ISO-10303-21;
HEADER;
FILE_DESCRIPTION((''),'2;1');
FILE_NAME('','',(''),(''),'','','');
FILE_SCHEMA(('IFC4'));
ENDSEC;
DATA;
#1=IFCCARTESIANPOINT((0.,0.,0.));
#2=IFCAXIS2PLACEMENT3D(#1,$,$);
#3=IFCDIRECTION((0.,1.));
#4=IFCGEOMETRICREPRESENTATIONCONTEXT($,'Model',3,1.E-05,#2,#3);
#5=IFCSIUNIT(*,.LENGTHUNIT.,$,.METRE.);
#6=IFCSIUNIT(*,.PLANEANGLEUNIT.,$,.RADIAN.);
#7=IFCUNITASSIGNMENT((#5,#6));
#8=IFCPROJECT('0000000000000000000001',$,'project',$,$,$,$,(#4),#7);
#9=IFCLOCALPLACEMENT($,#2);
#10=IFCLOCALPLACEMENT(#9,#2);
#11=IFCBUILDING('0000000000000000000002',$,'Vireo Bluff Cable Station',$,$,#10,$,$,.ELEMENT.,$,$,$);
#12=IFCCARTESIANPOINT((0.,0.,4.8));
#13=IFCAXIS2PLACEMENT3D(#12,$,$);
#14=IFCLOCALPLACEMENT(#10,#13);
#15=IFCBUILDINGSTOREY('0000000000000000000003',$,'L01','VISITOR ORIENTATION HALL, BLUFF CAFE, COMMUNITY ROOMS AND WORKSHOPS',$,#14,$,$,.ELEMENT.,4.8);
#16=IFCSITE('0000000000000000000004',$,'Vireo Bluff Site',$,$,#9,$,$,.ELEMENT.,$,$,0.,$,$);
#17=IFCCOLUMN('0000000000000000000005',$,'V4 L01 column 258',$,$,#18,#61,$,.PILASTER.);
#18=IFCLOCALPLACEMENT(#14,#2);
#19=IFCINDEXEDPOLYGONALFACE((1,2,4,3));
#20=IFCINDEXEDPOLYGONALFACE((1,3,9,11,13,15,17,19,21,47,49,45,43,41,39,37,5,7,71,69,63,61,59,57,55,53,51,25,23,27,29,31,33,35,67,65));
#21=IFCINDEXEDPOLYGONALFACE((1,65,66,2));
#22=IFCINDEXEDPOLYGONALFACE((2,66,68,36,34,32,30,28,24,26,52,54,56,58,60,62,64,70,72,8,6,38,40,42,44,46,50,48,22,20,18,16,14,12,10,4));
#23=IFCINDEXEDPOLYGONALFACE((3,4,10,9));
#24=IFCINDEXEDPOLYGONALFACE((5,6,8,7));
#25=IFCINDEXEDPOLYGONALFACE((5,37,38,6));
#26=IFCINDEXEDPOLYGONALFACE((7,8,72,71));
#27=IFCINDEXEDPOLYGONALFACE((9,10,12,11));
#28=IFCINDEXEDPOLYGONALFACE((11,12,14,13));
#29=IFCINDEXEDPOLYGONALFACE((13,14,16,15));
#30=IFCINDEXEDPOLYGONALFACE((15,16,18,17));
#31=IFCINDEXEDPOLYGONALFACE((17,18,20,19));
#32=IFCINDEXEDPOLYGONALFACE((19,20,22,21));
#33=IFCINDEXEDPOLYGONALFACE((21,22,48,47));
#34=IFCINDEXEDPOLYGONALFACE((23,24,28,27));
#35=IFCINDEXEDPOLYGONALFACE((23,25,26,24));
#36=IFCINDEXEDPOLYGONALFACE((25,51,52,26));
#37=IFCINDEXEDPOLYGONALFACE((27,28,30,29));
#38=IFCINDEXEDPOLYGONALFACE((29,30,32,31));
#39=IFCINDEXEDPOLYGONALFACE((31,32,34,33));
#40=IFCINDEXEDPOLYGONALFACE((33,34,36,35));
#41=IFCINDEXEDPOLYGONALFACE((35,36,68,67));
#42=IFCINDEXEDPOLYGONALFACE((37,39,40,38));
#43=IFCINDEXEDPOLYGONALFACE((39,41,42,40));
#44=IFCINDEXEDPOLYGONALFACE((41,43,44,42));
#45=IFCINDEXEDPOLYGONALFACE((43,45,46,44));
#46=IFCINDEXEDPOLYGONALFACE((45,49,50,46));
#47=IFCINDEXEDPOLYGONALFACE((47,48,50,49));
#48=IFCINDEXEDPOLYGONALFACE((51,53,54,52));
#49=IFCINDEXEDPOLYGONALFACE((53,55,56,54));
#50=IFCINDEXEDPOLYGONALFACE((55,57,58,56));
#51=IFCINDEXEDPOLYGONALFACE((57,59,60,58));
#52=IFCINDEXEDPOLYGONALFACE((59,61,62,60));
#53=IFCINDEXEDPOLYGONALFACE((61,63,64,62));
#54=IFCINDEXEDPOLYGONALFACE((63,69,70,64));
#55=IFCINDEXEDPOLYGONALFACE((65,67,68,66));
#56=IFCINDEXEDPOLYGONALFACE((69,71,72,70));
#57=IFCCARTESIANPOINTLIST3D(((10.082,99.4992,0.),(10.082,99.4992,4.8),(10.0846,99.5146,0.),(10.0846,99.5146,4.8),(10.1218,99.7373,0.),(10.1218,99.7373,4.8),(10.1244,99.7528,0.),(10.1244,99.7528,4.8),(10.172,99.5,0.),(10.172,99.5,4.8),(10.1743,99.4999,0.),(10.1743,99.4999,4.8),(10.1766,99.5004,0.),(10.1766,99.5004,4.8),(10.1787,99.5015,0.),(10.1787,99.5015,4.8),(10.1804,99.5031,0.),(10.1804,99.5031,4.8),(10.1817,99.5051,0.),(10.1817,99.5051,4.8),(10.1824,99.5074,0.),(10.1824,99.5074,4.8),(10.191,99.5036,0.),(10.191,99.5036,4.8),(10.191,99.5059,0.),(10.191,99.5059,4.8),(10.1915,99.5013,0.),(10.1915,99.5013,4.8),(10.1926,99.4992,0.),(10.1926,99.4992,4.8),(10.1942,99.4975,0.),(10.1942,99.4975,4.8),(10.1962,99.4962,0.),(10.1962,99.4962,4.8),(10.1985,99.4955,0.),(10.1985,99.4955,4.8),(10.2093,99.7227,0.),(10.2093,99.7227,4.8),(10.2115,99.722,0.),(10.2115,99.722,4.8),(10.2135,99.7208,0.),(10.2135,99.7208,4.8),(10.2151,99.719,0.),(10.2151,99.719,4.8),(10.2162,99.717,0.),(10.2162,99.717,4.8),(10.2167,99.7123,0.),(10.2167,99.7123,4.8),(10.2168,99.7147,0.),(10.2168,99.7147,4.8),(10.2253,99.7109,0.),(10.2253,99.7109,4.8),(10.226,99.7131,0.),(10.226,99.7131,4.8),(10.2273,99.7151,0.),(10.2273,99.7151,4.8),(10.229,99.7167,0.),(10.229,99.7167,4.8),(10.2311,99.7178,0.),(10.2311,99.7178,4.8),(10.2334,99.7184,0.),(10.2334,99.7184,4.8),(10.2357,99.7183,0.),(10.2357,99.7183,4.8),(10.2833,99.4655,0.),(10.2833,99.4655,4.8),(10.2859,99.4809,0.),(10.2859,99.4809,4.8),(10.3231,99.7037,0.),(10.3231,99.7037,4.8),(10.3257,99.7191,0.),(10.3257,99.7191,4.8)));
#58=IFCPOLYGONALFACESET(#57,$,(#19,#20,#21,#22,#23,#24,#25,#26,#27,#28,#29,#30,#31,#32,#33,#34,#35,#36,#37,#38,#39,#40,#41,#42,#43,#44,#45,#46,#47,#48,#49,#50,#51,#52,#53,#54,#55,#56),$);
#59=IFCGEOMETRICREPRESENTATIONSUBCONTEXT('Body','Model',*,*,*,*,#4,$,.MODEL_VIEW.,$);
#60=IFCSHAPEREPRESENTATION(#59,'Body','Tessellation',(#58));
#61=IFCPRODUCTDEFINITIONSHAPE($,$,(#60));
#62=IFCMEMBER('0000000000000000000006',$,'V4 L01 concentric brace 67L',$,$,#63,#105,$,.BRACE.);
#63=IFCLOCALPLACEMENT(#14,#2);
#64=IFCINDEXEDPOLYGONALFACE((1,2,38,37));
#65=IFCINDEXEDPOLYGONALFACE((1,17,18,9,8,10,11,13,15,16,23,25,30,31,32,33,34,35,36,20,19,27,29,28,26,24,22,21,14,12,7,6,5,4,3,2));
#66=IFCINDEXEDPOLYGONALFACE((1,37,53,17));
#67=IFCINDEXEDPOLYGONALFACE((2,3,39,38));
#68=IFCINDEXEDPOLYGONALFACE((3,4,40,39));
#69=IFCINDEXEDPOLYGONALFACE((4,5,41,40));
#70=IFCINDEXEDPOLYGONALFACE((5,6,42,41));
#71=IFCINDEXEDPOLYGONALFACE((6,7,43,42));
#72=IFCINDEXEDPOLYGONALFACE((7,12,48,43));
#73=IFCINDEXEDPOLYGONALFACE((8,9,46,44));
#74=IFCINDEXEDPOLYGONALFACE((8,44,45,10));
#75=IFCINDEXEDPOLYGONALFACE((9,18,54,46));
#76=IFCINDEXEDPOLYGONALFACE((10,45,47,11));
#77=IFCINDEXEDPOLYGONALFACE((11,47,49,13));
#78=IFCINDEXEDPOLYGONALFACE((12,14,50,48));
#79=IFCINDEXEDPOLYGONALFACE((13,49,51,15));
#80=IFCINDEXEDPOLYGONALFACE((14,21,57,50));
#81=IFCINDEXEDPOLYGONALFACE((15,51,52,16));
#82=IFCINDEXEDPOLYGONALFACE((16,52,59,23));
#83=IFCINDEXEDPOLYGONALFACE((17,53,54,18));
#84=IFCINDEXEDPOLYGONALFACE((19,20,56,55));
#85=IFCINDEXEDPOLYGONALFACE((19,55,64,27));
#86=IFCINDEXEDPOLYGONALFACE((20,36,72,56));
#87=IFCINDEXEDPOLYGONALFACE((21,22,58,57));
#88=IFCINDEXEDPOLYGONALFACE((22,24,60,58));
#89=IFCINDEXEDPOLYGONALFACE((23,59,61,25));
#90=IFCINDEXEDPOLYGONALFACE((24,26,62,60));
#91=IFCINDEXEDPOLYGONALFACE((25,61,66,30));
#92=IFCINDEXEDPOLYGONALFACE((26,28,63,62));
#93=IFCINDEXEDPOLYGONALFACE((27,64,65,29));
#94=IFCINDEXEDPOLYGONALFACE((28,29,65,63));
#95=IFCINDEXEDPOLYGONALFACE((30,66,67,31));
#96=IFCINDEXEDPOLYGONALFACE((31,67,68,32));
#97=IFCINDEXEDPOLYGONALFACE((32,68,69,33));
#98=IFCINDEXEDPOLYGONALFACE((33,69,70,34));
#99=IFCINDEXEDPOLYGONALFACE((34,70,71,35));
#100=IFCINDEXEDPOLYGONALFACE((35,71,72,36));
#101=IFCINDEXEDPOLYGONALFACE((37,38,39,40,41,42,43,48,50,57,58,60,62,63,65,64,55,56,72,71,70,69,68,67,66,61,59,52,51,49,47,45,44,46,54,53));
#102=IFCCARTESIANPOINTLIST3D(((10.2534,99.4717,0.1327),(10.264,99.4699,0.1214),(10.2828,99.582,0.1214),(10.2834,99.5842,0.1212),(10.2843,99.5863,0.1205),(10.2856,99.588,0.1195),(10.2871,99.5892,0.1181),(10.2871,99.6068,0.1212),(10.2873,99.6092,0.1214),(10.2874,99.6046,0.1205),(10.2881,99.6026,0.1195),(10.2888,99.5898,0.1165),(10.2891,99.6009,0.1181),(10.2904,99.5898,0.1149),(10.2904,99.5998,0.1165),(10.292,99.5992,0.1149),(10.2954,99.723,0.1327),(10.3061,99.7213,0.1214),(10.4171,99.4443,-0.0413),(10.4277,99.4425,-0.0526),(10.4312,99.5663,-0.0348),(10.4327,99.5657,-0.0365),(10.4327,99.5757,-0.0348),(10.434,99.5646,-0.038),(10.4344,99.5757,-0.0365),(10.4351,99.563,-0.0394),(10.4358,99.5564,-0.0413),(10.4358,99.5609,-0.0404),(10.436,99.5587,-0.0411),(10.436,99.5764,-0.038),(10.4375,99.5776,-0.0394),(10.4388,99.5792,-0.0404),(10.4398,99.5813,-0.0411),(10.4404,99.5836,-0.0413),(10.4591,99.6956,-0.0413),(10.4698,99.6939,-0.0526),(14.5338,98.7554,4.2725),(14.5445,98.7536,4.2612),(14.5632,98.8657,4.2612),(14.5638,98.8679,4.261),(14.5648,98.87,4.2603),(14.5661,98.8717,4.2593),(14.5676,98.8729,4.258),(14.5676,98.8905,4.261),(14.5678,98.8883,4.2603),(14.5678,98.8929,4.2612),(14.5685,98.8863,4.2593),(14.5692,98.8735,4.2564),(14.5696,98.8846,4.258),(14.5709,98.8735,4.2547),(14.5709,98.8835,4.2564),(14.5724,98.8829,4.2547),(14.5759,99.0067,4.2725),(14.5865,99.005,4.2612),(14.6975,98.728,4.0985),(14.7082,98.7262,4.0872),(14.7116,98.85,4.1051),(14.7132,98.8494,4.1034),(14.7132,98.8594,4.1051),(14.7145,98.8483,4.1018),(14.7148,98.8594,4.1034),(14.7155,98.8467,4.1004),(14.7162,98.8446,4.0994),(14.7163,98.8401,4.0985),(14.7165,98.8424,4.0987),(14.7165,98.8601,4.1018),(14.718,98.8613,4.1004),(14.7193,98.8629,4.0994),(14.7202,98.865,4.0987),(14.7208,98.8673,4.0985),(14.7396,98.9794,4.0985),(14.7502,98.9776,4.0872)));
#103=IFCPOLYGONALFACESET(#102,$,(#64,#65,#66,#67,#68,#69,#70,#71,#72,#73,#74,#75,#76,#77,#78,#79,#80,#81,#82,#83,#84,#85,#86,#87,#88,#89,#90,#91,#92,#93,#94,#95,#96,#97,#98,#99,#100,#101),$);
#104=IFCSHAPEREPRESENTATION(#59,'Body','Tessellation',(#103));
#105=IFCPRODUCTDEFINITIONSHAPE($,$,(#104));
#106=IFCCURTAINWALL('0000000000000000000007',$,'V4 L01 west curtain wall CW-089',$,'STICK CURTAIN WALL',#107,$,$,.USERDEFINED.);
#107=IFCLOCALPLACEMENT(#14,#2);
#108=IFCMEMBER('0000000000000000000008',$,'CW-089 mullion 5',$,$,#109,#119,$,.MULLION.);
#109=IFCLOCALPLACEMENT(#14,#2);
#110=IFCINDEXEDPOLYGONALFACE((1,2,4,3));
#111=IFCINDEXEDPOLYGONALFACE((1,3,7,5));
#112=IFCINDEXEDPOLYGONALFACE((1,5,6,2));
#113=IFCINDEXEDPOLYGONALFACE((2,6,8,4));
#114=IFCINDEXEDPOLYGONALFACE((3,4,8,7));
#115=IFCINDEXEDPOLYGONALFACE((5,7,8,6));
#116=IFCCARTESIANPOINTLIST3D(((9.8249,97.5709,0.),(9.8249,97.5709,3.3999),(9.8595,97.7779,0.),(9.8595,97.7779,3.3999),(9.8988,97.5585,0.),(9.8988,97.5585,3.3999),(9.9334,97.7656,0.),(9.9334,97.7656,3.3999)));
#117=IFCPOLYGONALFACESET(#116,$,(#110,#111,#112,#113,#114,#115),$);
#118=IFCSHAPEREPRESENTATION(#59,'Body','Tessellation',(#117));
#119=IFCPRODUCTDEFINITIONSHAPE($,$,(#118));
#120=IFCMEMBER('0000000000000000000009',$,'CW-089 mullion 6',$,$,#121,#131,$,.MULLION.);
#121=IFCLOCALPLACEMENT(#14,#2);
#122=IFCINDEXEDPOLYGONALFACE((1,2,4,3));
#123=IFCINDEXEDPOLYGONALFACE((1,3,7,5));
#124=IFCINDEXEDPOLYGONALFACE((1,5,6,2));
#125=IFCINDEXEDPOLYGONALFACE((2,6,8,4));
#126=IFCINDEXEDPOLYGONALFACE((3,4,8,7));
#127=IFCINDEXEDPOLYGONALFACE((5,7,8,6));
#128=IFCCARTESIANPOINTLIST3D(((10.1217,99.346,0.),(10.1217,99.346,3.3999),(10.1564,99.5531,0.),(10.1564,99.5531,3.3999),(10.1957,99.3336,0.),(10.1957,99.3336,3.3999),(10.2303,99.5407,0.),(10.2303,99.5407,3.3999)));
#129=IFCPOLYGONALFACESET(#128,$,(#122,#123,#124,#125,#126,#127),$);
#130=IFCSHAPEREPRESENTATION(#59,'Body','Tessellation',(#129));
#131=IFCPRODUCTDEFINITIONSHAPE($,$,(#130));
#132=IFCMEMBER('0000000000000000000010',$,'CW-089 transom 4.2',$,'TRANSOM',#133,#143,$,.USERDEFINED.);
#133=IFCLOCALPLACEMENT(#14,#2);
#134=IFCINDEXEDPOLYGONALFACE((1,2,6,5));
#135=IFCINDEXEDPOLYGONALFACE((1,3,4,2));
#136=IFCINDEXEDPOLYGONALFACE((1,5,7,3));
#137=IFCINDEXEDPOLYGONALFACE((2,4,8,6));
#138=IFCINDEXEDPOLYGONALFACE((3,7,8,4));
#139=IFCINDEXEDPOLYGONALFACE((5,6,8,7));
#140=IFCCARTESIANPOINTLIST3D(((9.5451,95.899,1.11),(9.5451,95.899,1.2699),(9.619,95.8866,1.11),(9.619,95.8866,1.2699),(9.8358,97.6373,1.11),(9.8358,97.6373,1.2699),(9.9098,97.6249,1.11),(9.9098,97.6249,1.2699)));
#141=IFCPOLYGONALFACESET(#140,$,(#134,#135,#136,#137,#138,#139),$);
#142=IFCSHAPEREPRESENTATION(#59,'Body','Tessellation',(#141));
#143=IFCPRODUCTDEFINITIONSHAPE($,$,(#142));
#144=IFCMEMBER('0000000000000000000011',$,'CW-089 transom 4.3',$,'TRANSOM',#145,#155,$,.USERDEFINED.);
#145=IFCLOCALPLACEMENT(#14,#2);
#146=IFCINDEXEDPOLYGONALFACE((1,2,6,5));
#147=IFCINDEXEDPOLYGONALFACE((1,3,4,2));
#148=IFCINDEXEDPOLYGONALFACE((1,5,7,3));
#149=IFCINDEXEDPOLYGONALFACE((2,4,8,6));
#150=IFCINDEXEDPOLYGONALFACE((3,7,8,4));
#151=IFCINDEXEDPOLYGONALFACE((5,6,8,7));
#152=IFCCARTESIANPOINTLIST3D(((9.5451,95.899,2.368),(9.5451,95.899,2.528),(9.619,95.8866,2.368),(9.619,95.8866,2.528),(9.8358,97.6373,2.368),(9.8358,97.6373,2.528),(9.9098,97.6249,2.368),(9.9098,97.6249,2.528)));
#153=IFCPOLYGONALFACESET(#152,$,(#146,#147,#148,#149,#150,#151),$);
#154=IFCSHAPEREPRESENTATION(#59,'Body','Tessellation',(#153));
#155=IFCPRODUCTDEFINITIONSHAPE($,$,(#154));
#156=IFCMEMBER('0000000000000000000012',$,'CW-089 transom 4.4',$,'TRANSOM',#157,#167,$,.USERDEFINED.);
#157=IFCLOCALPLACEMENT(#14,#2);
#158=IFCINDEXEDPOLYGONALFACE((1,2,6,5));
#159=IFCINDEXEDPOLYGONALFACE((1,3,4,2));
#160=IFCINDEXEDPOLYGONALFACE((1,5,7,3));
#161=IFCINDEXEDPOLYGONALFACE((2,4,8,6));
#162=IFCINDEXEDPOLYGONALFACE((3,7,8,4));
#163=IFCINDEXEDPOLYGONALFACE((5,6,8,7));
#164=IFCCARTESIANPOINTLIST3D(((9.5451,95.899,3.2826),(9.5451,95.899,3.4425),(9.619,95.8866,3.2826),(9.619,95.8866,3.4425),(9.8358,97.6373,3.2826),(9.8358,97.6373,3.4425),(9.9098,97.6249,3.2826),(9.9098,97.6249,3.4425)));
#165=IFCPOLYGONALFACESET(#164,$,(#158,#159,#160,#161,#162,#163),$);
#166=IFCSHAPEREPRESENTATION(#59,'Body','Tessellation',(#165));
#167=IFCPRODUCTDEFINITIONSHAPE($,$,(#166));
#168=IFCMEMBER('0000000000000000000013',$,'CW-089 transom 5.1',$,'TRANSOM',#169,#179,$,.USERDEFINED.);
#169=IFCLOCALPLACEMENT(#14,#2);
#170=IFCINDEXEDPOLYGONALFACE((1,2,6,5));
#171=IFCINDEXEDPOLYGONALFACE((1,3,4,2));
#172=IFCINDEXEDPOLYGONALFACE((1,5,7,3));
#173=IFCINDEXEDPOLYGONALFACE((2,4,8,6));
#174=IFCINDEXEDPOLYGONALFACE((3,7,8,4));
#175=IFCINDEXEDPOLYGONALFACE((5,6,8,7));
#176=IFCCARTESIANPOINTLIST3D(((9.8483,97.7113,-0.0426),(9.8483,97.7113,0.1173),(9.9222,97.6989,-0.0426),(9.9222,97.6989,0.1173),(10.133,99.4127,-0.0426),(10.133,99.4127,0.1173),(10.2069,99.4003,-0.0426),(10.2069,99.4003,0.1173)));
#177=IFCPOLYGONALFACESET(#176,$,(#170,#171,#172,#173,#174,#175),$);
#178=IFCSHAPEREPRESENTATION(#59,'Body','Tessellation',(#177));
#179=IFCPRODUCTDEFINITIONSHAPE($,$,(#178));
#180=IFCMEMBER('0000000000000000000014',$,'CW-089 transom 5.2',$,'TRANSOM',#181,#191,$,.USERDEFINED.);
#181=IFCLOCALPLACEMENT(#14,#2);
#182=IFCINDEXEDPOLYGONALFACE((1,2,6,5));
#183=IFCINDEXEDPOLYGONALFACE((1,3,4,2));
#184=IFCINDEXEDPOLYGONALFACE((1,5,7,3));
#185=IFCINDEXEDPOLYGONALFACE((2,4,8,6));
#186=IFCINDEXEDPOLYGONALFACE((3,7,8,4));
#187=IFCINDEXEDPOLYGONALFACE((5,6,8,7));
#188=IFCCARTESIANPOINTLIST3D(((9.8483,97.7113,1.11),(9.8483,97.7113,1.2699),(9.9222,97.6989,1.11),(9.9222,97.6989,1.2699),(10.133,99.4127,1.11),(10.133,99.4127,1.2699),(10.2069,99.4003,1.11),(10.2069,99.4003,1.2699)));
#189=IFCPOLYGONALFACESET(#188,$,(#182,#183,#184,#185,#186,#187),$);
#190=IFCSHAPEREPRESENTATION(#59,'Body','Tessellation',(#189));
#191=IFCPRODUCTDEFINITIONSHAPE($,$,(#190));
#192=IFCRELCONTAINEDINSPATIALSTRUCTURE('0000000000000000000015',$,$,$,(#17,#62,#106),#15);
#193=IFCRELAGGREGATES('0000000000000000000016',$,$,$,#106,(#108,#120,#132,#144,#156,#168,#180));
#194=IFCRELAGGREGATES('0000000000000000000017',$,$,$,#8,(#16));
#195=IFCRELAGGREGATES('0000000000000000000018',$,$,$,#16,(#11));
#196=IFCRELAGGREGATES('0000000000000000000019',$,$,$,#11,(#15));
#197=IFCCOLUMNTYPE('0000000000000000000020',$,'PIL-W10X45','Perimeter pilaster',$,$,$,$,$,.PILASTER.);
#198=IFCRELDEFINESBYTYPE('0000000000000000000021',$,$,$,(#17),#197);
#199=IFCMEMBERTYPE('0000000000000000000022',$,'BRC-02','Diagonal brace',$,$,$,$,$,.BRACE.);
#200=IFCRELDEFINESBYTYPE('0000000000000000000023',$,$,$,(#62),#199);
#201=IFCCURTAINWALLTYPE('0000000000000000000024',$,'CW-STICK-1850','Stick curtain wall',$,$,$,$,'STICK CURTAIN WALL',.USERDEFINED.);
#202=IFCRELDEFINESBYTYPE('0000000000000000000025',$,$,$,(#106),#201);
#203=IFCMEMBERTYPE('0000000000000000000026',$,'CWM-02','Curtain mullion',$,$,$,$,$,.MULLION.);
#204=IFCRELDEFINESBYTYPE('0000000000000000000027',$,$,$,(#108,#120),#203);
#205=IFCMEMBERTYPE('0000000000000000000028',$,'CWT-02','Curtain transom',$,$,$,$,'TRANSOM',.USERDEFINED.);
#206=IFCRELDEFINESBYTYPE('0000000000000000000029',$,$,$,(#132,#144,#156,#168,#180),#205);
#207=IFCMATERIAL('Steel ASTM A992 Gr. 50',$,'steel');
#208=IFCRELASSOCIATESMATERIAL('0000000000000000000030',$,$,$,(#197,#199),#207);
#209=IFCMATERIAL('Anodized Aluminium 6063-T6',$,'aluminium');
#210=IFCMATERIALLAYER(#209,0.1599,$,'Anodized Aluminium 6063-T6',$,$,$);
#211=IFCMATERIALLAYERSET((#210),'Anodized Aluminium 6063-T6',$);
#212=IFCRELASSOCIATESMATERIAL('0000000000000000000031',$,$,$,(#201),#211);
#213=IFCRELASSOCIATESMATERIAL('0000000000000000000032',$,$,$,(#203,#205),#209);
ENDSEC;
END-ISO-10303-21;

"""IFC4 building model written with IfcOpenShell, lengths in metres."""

from ifc_helpers import new_model, si_unit, direction, frame, origin, origin_2d, place, context, subcontext, project, spatial, rectangle, i_section, extrude, material, layer, layer_set, material_profile, profile_set, type_object, element, aggregate, save


model = new_model("IFC4")

# Units and contexts
model_context = context("Model", 3, precision=1e-05, world=origin(), true_north=direction((0.0, 1.0)))
body_context = subcontext(model_context, "Body", "Model", "MODEL_VIEW")
ifc_project = project(units=[si_unit("LENGTHUNIT", "METRE"), si_unit("PLANEANGLEUNIT", "RADIAN")], contexts=[model_context])

# Site, building, storey
site_placement = place(None, origin())
site = spatial("IfcSite", under=ifc_project, at=site_placement, Name="Vireo Bluff Site", CompositionType="ELEMENT", RefElevation=0.0)
building_placement = place(site_placement, origin())
building = spatial("IfcBuilding", under=site, at=building_placement, Name="Vireo Bluff Cable Station", CompositionType="ELEMENT")
storey_placement = place(building_placement, frame((0.0, 0.0, 4.8)))
storey = spatial("IfcBuildingStorey", under=building, at=storey_placement, Name="L01", Description="VISITOR ORIENTATION HALL, BLUFF CAFE, COMMUNITY ROOMS AND WORKSHOPS", CompositionType="ELEMENT", Elevation=4.8)

# Column
ifc_material_1 = material(Name="Steel ASTM A992 Gr. 50", Category="steel")
ifc_material_profile_1 = material_profile(ifc_material_1, i_section(OverallWidth=0.2041, OverallDepth=0.2571, WebThickness=0.0088, FlangeThickness=0.0156, FilletRadius=0.009, at=origin_2d()), Name="W10X45")
ifc_profile_set_1 = profile_set([ifc_material_profile_1], Name="Steel ASTM A992 Gr. 50")
column_type = type_object("IfcColumnType", Name="PIL-W10X45", Description="Perimeter pilaster", PredefinedType="PILASTER", material=ifc_profile_set_1)
column_placement = place(storey_placement, frame((10.2039, 99.6091, 0.0), z_axis=(0.0, 0.0, 1.0), x_axis=(0.986286, -0.165048, 0.0)))
element("IfcColumn", 1, at=column_placement, inside=storey, type_object=column_type, Name="V4 L01 column 258", PredefinedType="PILASTER", context=body_context, shape_type="SweptSolid", body=[
    extrude(i_section(OverallWidth=0.2041, OverallDepth=0.2571, WebThickness=0.0088, FlangeThickness=0.0156, FilletRadius=0.009, at=origin_2d()), origin(), (0.0, 0.0, 1.0), 4.8),
])

# Member
ifc_material_profile_2 = material_profile(ifc_material_1, i_section(OverallWidth=0.2549, OverallDepth=0.2561, WebThickness=0.0095, FlangeThickness=0.0156, FilletRadius=0.009, at=origin_2d()), Name="W10X54")
ifc_profile_set_2 = profile_set([ifc_material_profile_2], Name="Steel ASTM A992 Gr. 50")
member_type_1 = type_object("IfcMemberType", Name="BRC-02", Description="Diagonal brace", PredefinedType="BRACE", material=ifc_profile_set_2)
member_1_placement = place(storey_placement, frame((10.3616, 99.5828, 0.04), z_axis=(0.713671, -0.119427, 0.690225), x_axis=(0.165047, 0.986286, 0.0)))
element("IfcMember", 2, at=member_1_placement, inside=storey, type_object=member_type_1, Name="V4 L01 concentric brace 67L", PredefinedType="BRACE", context=body_context, shape_type="SweptSolid", body=[
    extrude(i_section(OverallWidth=0.2549, OverallDepth=0.2561, WebThickness=0.0095, FlangeThickness=0.0156, FilletRadius=0.009, at=origin_2d()), origin(), (0.0, 0.0, 1.0), 5.9978),
])

# Curtain wall, members
ifc_material_2 = material(Name="Anodized Aluminium 6063-T6", Category="aluminium")
ifc_layer_1 = layer(ifc_material_2, 0.1599, Name="Anodized Aluminium 6063-T6")
ifc_layer_set_1 = layer_set([ifc_layer_1], Name="Anodized Aluminium 6063-T6")
curtain_wall_type = type_object("IfcCurtainWallType", Name="CW-STICK-1850", Description="Stick curtain wall", ElementType="STICK CURTAIN WALL", PredefinedType="USERDEFINED", material=ifc_layer_set_1)
curtain_wall_placement = place(storey_placement, origin())
curtain_wall = element("IfcCurtainWall", 3, at=curtain_wall_placement, inside=storey, type_object=curtain_wall_type, Name="V4 L01 west curtain wall CW-089", ObjectType="STICK CURTAIN WALL", PredefinedType="USERDEFINED")
ifc_material_profile_3 = material_profile(ifc_material_2, rectangle(XDim=0.075, YDim=0.21, at=origin_2d()), Name="ALU-M-75X210")
ifc_profile_set_3 = profile_set([ifc_material_profile_3], Name="Anodized Aluminium 6063-T6")
member_type_2 = type_object("IfcMemberType", Name="CWM-02", Description="Curtain mullion", PredefinedType="MULLION", material=ifc_profile_set_3)
member_2_placement = place(storey_placement, frame((9.8792, 97.6682, 0.0), z_axis=(0.0, 0.0, 1.0), x_axis=(-0.986286, 0.165048, 0.0)))
member_2 = element("IfcMember", 4, at=member_2_placement, type_object=member_type_2, Name="CW-089 mullion 5", PredefinedType="MULLION", context=body_context, shape_type="SweptSolid", body=[
    extrude(rectangle(XDim=0.075, YDim=0.21, at=origin_2d()), origin(), (0.0, 0.0, 1.0), 3.3999),
])
member_3_placement = place(storey_placement, frame((10.176, 99.4434, 0.0), z_axis=(0.0, 0.0, 1.0), x_axis=(-0.986286, 0.165048, 0.0)))
member_3 = element("IfcMember", 5, at=member_3_placement, type_object=member_type_2, Name="CW-089 mullion 6", PredefinedType="MULLION", context=body_context, shape_type="SweptSolid", body=[
    extrude(rectangle(XDim=0.075, YDim=0.21, at=origin_2d()), origin(), (0.0, 0.0, 1.0), 3.3999),
])
ifc_material_profile_4 = material_profile(ifc_material_2, rectangle(XDim=0.075, YDim=0.1599, at=origin_2d()), Name="ALU-T-75X160")
ifc_profile_set_4 = profile_set([ifc_material_profile_4], Name="Anodized Aluminium 6063-T6")
member_type_3 = type_object("IfcMemberType", Name="CWT-02", Description="Curtain transom", ElementType="TRANSOM", PredefinedType="USERDEFINED", material=ifc_profile_set_4)
member_4_placement = place(storey_placement, frame((9.582, 95.8928, 1.1899), z_axis=(0.164983, 0.986296, 0.0), x_axis=(-0.986296, 0.164983, 0.0)))
member_4 = element("IfcMember", 6, at=member_4_placement, type_object=member_type_3, Name="CW-089 transom 4.2", ObjectType="TRANSOM", PredefinedType="USERDEFINED", context=body_context, shape_type="SweptSolid", body=[
    extrude(rectangle(XDim=0.075, YDim=0.1599, at=origin_2d()), origin(), (0.0, 0.0, 1.0), 1.7625),
])
member_5_placement = place(storey_placement, frame((9.582, 95.8928, 2.448), z_axis=(0.164983, 0.986296, 0.0), x_axis=(-0.986296, 0.164983, 0.0)))
member_5 = element("IfcMember", 7, at=member_5_placement, type_object=member_type_3, Name="CW-089 transom 4.3", ObjectType="TRANSOM", PredefinedType="USERDEFINED", context=body_context, shape_type="SweptSolid", body=[
    extrude(rectangle(XDim=0.075, YDim=0.1599, at=origin_2d()), origin(), (0.0, 0.0, 1.0), 1.7625),
])
member_6_placement = place(storey_placement, frame((9.582, 95.8928, 3.3625), z_axis=(0.164983, 0.986296, 0.0), x_axis=(-0.986296, 0.164983, 0.0)))
member_6 = element("IfcMember", 8, at=member_6_placement, type_object=member_type_3, Name="CW-089 transom 4.4", ObjectType="TRANSOM", PredefinedType="USERDEFINED", context=body_context, shape_type="SweptSolid", body=[
    extrude(rectangle(XDim=0.075, YDim=0.1599, at=origin_2d()), origin(), (0.0, 0.0, 1.0), 1.7625),
])
member_7_placement = place(storey_placement, frame((9.8853, 97.7051, 0.0374), z_axis=(0.165019, 0.98629, 0.0), x_axis=(-0.98629, 0.165019, 0.0)))
member_7 = element("IfcMember", 9, at=member_7_placement, type_object=member_type_3, Name="CW-089 transom 5.1", ObjectType="TRANSOM", PredefinedType="USERDEFINED", context=body_context, shape_type="SweptSolid", body=[
    extrude(rectangle(XDim=0.075, YDim=0.1599, at=origin_2d()), origin(), (0.0, 0.0, 1.0), 1.7251),
])
member_8_placement = place(storey_placement, frame((9.8853, 97.7051, 1.1899), z_axis=(0.165019, 0.98629, 0.0), x_axis=(-0.98629, 0.165019, 0.0)))
member_8 = element("IfcMember", 10, at=member_8_placement, type_object=member_type_3, Name="CW-089 transom 5.2", ObjectType="TRANSOM", PredefinedType="USERDEFINED", context=body_context, shape_type="SweptSolid", body=[
    extrude(rectangle(XDim=0.075, YDim=0.1599, at=origin_2d()), origin(), (0.0, 0.0, 1.0), 1.7251),
])

aggregate(curtain_wall, [member_2, member_3, member_4, member_5, member_6, member_7, member_8])

save(model, "model.ifc")
